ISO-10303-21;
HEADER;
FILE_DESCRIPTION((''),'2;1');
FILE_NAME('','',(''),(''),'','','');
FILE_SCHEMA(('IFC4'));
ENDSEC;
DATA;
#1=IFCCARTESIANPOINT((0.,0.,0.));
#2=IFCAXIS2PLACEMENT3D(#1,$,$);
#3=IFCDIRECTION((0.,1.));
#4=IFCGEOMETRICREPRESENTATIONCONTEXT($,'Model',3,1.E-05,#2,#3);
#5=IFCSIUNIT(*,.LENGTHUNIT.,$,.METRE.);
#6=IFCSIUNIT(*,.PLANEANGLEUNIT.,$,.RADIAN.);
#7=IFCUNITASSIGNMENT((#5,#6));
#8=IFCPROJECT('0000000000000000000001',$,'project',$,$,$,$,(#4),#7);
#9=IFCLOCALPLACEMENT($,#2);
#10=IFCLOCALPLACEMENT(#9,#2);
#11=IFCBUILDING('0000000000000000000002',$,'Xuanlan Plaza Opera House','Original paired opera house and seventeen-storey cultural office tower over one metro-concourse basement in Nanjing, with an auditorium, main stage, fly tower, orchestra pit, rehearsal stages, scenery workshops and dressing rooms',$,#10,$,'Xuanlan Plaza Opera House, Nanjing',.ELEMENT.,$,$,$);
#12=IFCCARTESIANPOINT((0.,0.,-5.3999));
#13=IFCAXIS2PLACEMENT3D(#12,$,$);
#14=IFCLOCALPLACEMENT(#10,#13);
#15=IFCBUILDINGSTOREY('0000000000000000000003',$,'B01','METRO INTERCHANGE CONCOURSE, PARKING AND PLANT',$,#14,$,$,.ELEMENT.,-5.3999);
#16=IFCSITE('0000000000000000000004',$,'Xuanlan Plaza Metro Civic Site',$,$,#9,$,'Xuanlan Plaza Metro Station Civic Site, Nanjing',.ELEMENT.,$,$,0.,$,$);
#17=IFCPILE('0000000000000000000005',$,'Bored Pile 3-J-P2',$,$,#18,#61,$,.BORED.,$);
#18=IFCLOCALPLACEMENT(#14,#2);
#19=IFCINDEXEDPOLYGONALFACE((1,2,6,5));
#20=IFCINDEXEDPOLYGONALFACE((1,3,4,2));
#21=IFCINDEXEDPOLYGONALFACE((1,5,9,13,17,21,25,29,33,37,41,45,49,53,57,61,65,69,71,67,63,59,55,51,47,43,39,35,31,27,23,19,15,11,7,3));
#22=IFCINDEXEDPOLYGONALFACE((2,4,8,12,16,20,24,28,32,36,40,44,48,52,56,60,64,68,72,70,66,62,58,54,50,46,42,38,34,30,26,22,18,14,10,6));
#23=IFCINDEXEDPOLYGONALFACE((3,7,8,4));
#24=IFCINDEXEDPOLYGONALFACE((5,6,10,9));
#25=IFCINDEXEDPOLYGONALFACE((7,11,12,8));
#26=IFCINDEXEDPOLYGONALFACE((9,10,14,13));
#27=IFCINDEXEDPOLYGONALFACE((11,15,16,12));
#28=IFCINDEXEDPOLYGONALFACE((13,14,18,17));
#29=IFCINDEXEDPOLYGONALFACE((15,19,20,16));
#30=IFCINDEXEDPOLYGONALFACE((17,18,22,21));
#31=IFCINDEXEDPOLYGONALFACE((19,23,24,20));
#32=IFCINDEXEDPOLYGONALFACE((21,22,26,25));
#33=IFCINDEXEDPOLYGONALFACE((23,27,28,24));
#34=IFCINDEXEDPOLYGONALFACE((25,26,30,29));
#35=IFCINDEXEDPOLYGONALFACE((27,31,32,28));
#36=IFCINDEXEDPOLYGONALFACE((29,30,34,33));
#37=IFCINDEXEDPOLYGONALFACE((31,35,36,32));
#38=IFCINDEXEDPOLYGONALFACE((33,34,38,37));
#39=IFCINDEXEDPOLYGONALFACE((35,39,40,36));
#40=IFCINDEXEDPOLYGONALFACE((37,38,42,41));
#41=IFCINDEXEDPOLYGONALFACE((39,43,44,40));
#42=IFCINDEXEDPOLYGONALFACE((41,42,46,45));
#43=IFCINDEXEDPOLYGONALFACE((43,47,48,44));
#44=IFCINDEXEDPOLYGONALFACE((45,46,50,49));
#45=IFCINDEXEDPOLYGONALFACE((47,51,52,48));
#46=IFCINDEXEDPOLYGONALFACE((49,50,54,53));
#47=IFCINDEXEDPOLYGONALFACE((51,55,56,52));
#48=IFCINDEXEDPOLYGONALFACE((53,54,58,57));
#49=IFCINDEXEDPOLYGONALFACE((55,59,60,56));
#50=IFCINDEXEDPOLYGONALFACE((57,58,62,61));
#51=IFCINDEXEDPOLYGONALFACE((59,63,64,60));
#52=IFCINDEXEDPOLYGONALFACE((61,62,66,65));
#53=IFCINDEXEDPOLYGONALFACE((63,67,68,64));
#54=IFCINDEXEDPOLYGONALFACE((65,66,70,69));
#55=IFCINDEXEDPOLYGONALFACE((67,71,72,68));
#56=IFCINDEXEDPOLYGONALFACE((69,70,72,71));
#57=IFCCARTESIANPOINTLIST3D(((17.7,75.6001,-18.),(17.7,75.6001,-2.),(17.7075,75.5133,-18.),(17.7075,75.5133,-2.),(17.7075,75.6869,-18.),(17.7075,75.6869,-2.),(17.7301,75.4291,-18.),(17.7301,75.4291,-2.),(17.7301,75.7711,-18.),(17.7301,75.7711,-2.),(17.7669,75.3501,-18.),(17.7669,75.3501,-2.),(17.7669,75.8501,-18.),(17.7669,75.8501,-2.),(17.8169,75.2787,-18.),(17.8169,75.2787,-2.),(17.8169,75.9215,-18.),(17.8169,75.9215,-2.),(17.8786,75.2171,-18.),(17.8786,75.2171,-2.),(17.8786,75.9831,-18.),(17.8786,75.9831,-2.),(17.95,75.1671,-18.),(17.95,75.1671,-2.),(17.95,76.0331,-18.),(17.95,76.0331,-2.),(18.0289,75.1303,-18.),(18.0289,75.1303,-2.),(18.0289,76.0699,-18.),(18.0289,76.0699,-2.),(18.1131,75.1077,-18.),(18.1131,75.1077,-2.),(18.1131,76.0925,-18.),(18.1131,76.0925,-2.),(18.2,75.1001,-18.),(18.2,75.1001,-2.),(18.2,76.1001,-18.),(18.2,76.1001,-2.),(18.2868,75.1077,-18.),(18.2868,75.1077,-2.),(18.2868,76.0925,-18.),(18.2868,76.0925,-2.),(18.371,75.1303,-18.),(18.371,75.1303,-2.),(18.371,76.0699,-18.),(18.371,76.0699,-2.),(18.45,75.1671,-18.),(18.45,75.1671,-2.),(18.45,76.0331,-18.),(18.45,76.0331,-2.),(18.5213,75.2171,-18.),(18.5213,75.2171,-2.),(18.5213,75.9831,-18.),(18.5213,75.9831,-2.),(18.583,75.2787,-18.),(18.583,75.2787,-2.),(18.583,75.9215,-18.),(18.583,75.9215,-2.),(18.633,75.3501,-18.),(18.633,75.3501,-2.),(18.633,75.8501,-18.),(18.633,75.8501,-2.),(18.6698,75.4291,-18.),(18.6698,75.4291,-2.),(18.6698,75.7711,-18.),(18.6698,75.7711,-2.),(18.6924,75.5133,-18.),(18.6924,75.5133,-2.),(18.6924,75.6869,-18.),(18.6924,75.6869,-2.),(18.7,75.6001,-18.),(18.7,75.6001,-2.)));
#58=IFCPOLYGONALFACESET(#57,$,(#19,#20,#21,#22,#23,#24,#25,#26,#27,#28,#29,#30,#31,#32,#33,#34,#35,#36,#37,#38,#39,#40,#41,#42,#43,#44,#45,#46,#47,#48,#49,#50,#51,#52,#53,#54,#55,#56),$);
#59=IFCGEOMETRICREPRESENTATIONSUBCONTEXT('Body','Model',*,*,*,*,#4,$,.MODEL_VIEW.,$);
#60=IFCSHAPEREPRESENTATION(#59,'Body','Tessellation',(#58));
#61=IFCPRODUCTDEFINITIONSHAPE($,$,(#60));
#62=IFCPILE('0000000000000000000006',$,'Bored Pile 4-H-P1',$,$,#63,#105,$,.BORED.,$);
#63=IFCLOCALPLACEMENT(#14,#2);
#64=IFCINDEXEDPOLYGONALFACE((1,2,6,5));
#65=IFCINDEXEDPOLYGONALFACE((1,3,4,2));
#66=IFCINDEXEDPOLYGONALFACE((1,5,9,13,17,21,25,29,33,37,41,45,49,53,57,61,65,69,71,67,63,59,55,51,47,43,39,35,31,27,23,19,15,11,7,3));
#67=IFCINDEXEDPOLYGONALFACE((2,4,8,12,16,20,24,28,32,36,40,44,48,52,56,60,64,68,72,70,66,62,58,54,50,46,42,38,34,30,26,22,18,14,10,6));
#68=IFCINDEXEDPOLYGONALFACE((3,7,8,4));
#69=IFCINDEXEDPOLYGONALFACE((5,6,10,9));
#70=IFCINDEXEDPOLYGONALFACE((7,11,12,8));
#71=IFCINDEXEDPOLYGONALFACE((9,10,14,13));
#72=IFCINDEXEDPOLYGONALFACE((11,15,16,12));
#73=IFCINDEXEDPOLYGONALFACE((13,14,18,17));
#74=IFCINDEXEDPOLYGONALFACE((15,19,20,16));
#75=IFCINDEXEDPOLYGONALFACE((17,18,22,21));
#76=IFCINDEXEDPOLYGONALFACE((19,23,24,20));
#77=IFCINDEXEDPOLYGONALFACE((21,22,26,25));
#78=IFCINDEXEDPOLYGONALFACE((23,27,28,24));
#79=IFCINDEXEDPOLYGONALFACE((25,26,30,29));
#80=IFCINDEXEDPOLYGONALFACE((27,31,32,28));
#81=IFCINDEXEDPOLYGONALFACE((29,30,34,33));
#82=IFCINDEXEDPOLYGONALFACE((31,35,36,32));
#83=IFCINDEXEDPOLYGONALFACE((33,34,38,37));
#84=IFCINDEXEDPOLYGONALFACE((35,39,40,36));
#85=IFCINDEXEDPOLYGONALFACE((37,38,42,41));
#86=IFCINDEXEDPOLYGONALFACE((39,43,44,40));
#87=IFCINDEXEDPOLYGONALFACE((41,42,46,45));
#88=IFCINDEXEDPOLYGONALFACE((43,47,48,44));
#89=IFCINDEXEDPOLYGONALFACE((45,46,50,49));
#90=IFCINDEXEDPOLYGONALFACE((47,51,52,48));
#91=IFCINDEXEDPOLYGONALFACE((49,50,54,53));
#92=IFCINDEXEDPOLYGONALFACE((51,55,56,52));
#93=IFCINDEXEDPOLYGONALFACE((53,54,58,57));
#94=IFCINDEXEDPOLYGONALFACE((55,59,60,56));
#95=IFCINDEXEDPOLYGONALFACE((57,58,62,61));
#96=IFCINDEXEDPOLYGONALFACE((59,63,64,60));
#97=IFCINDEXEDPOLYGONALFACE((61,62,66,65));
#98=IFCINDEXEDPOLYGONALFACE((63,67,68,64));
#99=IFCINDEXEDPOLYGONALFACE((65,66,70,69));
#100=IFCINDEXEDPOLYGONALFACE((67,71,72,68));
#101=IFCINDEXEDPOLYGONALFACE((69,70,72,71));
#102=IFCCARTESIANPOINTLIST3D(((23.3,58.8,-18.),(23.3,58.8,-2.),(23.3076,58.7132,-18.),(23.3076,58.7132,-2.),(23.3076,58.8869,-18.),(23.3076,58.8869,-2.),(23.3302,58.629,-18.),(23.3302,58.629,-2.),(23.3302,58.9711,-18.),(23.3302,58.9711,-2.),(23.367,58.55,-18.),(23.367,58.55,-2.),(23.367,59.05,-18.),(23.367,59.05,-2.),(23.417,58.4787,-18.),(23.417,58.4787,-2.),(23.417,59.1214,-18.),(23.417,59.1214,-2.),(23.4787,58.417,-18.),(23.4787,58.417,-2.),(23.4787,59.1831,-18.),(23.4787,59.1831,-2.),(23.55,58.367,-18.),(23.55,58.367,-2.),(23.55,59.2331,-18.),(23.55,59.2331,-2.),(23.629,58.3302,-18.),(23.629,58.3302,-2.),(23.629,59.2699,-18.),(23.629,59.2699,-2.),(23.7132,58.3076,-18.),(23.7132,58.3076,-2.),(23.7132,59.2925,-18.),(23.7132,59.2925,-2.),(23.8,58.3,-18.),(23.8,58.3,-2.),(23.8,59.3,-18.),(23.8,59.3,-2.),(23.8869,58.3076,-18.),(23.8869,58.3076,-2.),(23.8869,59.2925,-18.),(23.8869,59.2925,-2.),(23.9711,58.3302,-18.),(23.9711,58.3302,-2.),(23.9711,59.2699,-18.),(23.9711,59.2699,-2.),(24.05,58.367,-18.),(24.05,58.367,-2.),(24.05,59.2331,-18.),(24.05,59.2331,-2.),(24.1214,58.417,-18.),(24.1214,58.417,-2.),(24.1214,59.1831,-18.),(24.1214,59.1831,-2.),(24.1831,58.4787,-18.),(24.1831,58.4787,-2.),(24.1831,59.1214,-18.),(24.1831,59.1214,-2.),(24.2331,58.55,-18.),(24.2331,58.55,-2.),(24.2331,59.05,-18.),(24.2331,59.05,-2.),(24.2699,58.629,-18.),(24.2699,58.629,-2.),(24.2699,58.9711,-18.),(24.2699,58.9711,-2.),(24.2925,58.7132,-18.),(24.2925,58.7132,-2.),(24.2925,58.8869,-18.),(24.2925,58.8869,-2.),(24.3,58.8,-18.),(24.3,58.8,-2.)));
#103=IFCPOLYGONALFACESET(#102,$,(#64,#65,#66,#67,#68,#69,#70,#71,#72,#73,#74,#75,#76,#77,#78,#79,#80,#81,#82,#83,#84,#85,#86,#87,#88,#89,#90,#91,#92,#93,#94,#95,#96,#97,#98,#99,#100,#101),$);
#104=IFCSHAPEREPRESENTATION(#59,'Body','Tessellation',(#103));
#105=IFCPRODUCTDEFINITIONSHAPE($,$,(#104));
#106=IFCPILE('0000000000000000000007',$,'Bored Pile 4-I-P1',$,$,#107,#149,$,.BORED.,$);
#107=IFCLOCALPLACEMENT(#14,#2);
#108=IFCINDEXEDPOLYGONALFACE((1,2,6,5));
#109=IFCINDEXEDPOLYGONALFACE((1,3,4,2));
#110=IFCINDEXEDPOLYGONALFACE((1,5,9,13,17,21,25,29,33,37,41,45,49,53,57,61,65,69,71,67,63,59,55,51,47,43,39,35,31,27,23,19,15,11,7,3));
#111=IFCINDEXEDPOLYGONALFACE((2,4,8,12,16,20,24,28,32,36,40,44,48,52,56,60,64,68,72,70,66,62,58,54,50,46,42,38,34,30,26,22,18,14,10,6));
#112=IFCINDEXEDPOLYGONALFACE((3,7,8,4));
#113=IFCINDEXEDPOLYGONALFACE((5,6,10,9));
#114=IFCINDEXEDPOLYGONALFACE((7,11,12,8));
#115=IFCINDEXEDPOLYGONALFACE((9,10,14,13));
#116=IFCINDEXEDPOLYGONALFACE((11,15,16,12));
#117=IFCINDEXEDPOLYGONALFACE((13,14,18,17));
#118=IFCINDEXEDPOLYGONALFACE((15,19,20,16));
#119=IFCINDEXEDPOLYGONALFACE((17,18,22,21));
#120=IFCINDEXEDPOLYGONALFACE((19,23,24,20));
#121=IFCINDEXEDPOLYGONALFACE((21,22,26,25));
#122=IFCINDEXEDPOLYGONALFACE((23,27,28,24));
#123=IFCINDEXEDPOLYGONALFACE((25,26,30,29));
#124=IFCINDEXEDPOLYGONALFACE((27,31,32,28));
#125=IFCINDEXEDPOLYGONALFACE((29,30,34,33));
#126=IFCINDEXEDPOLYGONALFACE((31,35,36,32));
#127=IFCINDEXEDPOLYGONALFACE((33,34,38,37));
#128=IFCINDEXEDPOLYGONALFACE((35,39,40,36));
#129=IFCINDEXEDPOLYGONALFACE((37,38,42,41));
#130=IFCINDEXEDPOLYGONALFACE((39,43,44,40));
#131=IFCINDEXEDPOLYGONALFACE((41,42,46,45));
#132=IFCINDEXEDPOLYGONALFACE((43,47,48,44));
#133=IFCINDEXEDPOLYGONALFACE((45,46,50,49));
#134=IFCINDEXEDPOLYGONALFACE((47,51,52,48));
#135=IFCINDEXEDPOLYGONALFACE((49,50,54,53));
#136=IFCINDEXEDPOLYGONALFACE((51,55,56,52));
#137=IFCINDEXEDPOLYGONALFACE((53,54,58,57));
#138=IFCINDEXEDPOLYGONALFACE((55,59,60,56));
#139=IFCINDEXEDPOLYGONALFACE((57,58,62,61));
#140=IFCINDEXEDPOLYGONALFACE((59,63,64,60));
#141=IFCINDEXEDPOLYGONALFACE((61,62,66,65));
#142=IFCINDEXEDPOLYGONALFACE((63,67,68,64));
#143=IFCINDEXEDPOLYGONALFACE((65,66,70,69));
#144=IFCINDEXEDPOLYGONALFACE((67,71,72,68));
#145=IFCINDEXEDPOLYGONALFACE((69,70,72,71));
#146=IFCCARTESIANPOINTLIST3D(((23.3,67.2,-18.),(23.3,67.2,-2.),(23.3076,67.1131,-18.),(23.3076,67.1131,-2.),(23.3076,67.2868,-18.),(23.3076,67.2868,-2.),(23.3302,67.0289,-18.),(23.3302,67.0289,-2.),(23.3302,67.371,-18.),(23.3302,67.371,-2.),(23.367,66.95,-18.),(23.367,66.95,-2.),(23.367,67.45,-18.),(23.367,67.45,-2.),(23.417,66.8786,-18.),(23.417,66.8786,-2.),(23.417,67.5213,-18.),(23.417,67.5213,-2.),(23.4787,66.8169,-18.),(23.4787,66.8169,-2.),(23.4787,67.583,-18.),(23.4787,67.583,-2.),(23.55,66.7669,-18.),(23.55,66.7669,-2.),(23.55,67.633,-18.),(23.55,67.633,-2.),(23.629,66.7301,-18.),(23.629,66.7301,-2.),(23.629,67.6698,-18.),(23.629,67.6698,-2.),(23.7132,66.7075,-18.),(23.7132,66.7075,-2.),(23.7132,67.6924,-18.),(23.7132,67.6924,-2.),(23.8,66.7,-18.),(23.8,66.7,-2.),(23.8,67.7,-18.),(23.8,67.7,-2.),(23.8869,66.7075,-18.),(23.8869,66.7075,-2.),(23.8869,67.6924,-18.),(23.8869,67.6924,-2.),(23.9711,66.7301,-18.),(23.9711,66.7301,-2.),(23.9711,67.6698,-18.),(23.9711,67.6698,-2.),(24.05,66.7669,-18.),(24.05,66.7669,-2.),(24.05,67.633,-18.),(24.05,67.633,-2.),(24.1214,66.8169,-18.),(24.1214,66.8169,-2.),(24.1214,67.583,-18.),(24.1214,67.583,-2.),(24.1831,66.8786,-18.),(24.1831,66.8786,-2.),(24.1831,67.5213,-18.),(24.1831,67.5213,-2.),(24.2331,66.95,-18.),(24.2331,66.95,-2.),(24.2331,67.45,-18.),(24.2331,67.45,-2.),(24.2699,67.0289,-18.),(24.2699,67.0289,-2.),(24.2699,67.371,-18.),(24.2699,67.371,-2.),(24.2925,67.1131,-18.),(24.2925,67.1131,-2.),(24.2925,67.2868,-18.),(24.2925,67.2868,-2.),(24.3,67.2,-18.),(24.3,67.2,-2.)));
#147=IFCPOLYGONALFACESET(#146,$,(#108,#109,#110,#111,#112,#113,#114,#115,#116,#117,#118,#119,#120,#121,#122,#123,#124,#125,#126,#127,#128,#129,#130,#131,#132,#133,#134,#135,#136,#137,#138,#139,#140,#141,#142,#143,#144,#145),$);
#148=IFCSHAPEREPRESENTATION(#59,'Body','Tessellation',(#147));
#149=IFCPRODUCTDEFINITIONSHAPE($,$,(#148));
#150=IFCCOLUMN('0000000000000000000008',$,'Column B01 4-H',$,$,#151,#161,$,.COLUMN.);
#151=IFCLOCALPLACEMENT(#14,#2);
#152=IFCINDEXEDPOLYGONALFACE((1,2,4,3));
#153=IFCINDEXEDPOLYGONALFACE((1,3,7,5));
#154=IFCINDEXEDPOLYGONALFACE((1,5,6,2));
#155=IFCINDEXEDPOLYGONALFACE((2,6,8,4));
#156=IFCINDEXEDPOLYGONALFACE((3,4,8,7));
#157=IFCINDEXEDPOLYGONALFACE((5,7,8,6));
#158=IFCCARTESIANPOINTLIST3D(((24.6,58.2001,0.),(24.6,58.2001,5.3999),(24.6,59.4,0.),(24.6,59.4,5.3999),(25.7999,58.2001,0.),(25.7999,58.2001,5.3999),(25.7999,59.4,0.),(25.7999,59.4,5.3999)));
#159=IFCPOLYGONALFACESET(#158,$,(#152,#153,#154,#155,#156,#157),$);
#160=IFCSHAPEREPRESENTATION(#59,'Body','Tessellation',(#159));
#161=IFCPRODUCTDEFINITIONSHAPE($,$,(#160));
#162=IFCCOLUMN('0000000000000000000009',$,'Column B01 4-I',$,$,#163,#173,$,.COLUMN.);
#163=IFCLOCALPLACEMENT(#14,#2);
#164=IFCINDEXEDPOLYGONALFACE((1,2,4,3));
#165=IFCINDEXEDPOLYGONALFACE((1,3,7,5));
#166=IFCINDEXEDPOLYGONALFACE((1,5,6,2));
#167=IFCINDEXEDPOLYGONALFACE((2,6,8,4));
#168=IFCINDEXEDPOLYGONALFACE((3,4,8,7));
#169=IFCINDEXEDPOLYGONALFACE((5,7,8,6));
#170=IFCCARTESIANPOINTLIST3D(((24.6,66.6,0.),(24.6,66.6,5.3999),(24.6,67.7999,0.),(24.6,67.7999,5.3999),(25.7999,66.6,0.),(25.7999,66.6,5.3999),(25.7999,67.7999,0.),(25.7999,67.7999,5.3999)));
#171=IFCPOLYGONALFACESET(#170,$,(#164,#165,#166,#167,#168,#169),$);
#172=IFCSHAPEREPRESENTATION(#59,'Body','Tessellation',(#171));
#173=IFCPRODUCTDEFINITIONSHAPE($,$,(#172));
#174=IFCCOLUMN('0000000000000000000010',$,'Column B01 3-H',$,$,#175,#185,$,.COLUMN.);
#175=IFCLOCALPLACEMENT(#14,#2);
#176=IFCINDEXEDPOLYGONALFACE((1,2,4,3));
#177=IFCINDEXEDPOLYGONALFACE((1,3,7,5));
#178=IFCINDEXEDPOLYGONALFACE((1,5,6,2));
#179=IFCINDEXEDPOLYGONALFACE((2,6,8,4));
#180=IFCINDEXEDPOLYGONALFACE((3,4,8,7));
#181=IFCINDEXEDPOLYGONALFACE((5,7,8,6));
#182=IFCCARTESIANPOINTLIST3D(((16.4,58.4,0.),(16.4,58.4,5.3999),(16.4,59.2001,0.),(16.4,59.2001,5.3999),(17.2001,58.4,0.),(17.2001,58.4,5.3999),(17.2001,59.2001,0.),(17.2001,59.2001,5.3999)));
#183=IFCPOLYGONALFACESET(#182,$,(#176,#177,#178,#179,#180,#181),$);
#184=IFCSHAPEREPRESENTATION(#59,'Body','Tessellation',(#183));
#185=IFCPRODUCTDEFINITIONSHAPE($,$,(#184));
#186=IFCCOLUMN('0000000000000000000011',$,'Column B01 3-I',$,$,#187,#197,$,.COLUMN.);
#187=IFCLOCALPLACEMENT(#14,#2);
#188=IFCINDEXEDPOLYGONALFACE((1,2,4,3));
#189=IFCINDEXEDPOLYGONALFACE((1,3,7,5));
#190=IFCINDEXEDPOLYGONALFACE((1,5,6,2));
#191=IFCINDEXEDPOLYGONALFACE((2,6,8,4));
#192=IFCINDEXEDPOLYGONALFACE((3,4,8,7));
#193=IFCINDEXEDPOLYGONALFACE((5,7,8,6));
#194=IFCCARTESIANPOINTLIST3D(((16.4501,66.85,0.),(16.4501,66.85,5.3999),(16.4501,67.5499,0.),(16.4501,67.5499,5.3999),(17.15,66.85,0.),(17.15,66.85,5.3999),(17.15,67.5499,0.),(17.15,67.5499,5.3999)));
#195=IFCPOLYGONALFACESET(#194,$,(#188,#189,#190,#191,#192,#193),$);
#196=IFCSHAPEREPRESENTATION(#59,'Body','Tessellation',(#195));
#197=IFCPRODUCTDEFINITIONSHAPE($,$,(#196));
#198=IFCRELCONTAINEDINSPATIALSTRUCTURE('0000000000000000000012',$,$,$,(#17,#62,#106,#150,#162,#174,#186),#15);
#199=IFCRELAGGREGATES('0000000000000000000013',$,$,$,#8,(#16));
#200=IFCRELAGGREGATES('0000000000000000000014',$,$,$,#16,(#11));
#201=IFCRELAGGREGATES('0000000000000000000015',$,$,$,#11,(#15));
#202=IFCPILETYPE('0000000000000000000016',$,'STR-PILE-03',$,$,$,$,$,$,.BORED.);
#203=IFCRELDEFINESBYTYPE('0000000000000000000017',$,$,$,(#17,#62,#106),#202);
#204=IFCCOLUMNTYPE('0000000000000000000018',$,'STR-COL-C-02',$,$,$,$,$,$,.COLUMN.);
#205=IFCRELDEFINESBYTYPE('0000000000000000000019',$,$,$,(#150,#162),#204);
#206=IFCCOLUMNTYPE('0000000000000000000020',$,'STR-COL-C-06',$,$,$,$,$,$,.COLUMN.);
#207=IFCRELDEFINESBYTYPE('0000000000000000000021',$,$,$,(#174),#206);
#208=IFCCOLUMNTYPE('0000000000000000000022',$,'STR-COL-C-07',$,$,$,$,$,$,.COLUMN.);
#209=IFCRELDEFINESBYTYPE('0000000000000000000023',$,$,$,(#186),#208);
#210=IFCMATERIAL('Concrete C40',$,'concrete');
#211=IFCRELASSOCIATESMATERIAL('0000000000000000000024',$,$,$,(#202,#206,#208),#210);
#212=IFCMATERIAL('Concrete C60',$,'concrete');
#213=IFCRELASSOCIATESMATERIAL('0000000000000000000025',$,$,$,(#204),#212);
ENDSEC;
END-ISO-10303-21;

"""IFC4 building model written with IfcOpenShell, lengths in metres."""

from ifc_helpers import new_model, si_unit, direction, frame, origin, origin_2d, place, context, subcontext, project, spatial, rectangle, circle, extrude, material, material_profile, profile_set, type_object, element, save


model = new_model("IFC4")

# Units and contexts
model_context = context("Model", 3, precision=1e-05, world=origin(), true_north=direction((0.0, 1.0)))
body_context = subcontext(model_context, "Body", "Model", "MODEL_VIEW")
ifc_project = project(units=[si_unit("LENGTHUNIT", "METRE"), si_unit("PLANEANGLEUNIT", "RADIAN")], contexts=[model_context])

# Site, building, storey
site_placement = place(None, origin())
site = spatial("IfcSite", under=ifc_project, at=site_placement, Name="Xuanlan Plaza Metro Civic Site", LongName="Xuanlan Plaza Metro Station Civic Site, Nanjing", CompositionType="ELEMENT", RefElevation=0.0)
building_placement = place(site_placement, origin())
building = spatial("IfcBuilding", under=site, at=building_placement, Name="Xuanlan Plaza Opera House", Description="Original paired opera house and seventeen-storey cultural office tower over one metro-concourse basement in Nanjing, with an auditorium, main stage, fly tower, orchestra pit, rehearsal stages, scenery workshops and dressing rooms", LongName="Xuanlan Plaza Opera House, Nanjing", CompositionType="ELEMENT")
storey_placement = place(building_placement, frame((0.0, 0.0, -5.3999)))
storey = spatial("IfcBuildingStorey", under=building, at=storey_placement, Name="B01", Description="METRO INTERCHANGE CONCOURSE, PARKING AND PLANT", CompositionType="ELEMENT", Elevation=-5.3999)

# Shared definitions
ifc_material_1 = material(Name="Concrete C40", Category="concrete")

# Piles
ifc_material_profile_1 = material_profile(ifc_material_1, circle(Radius=0.5, at=origin_2d()), Name="PILE D1000")
ifc_profile_set_1 = profile_set([ifc_material_profile_1], Name="Concrete C40")
pile_type_1 = type_object("IfcPileType", Name="STR-PILE-03", PredefinedType="BORED", material=ifc_profile_set_1)
for number, where, z_axis, x_axis, name in (
    (1, (18.2, 75.6001, -2.0), (0.0, 0.0, -1.0), (1.0, 0.0, 0.0), "Bored Pile 3-J-P2"),
    (2, (23.8, 58.8, -2.0), (0.0, 0.0, -1.0), (1.0, 0.0, 0.0), "Bored Pile 4-H-P1"),
    (3, (23.8, 67.2, -2.0), (0.0, 0.0, -1.0), (1.0, 0.0, 0.0), "Bored Pile 4-I-P1"),
):
    element("IfcPile", number, at=place(storey_placement, frame(where, z_axis=z_axis, x_axis=x_axis)), inside=storey, type_object=pile_type_1, Name=name, PredefinedType="BORED", context=body_context, shape_type="SweptSolid", body=[
        extrude(circle(Radius=0.5, at=origin_2d()), origin(), (0.0, 0.0, 1.0), 16.0),
    ])

# Columns
ifc_material_2 = material(Name="Concrete C60", Category="concrete")
ifc_material_profile_2 = material_profile(ifc_material_2, rectangle(XDim=1.2, YDim=1.2, at=origin_2d()), Name="RC-COL 1200x1200")
ifc_profile_set_2 = profile_set([ifc_material_profile_2], Name="Concrete C60")
column_type_1 = type_object("IfcColumnType", Name="STR-COL-C-02", PredefinedType="COLUMN", material=ifc_profile_set_2)
for number, where, z_axis, x_axis, name in (
    (4, (25.2, 58.8, 0.0), (0.0, 0.0, 1.0), (1.0, 0.0, 0.0), "Column B01 4-H"),
    (5, (25.2, 67.2, 0.0), (0.0, 0.0, 1.0), (1.0, 0.0, 0.0), "Column B01 4-I"),
):
    element("IfcColumn", number, at=place(storey_placement, frame(where, z_axis=z_axis, x_axis=x_axis)), inside=storey, type_object=column_type_1, Name=name, PredefinedType="COLUMN", context=body_context, shape_type="SweptSolid", body=[
        extrude(rectangle(XDim=1.2, YDim=1.2, at=origin_2d()), origin(), (0.0, 0.0, 1.0), 5.3999),
    ])
ifc_material_profile_3 = material_profile(ifc_material_1, rectangle(XDim=0.8, YDim=0.8, at=origin_2d()), Name="RC-COL 800x800")
ifc_profile_set_3 = profile_set([ifc_material_profile_3], Name="Concrete C40")
column_type_2 = type_object("IfcColumnType", Name="STR-COL-C-06", PredefinedType="COLUMN", material=ifc_profile_set_3)
column_1_placement = place(storey_placement, frame((16.8, 58.8, 0.0), z_axis=(0.0, 0.0, 1.0), x_axis=(1.0, 0.0, 0.0)))
element("IfcColumn", 6, at=column_1_placement, inside=storey, type_object=column_type_2, Name="Column B01 3-H", PredefinedType="COLUMN", context=body_context, shape_type="SweptSolid", body=[
    extrude(rectangle(XDim=0.8, YDim=0.8, at=origin_2d()), origin(), (0.0, 0.0, 1.0), 5.3999),
])
ifc_material_profile_4 = material_profile(ifc_material_1, rectangle(XDim=0.7, YDim=0.7, at=origin_2d()), Name="RC-COL 700x700")
ifc_profile_set_4 = profile_set([ifc_material_profile_4], Name="Concrete C40")
column_type_3 = type_object("IfcColumnType", Name="STR-COL-C-07", PredefinedType="COLUMN", material=ifc_profile_set_4)
column_2_placement = place(storey_placement, frame((16.8, 67.2, 0.0), z_axis=(0.0, 0.0, 1.0), x_axis=(1.0, 0.0, 0.0)))
element("IfcColumn", 7, at=column_2_placement, inside=storey, type_object=column_type_3, Name="Column B01 3-I", PredefinedType="COLUMN", context=body_context, shape_type="SweptSolid", body=[
    extrude(rectangle(XDim=0.7, YDim=0.7, at=origin_2d()), origin(), (0.0, 0.0, 1.0), 5.3999),
])

save(model, "model.ifc")
